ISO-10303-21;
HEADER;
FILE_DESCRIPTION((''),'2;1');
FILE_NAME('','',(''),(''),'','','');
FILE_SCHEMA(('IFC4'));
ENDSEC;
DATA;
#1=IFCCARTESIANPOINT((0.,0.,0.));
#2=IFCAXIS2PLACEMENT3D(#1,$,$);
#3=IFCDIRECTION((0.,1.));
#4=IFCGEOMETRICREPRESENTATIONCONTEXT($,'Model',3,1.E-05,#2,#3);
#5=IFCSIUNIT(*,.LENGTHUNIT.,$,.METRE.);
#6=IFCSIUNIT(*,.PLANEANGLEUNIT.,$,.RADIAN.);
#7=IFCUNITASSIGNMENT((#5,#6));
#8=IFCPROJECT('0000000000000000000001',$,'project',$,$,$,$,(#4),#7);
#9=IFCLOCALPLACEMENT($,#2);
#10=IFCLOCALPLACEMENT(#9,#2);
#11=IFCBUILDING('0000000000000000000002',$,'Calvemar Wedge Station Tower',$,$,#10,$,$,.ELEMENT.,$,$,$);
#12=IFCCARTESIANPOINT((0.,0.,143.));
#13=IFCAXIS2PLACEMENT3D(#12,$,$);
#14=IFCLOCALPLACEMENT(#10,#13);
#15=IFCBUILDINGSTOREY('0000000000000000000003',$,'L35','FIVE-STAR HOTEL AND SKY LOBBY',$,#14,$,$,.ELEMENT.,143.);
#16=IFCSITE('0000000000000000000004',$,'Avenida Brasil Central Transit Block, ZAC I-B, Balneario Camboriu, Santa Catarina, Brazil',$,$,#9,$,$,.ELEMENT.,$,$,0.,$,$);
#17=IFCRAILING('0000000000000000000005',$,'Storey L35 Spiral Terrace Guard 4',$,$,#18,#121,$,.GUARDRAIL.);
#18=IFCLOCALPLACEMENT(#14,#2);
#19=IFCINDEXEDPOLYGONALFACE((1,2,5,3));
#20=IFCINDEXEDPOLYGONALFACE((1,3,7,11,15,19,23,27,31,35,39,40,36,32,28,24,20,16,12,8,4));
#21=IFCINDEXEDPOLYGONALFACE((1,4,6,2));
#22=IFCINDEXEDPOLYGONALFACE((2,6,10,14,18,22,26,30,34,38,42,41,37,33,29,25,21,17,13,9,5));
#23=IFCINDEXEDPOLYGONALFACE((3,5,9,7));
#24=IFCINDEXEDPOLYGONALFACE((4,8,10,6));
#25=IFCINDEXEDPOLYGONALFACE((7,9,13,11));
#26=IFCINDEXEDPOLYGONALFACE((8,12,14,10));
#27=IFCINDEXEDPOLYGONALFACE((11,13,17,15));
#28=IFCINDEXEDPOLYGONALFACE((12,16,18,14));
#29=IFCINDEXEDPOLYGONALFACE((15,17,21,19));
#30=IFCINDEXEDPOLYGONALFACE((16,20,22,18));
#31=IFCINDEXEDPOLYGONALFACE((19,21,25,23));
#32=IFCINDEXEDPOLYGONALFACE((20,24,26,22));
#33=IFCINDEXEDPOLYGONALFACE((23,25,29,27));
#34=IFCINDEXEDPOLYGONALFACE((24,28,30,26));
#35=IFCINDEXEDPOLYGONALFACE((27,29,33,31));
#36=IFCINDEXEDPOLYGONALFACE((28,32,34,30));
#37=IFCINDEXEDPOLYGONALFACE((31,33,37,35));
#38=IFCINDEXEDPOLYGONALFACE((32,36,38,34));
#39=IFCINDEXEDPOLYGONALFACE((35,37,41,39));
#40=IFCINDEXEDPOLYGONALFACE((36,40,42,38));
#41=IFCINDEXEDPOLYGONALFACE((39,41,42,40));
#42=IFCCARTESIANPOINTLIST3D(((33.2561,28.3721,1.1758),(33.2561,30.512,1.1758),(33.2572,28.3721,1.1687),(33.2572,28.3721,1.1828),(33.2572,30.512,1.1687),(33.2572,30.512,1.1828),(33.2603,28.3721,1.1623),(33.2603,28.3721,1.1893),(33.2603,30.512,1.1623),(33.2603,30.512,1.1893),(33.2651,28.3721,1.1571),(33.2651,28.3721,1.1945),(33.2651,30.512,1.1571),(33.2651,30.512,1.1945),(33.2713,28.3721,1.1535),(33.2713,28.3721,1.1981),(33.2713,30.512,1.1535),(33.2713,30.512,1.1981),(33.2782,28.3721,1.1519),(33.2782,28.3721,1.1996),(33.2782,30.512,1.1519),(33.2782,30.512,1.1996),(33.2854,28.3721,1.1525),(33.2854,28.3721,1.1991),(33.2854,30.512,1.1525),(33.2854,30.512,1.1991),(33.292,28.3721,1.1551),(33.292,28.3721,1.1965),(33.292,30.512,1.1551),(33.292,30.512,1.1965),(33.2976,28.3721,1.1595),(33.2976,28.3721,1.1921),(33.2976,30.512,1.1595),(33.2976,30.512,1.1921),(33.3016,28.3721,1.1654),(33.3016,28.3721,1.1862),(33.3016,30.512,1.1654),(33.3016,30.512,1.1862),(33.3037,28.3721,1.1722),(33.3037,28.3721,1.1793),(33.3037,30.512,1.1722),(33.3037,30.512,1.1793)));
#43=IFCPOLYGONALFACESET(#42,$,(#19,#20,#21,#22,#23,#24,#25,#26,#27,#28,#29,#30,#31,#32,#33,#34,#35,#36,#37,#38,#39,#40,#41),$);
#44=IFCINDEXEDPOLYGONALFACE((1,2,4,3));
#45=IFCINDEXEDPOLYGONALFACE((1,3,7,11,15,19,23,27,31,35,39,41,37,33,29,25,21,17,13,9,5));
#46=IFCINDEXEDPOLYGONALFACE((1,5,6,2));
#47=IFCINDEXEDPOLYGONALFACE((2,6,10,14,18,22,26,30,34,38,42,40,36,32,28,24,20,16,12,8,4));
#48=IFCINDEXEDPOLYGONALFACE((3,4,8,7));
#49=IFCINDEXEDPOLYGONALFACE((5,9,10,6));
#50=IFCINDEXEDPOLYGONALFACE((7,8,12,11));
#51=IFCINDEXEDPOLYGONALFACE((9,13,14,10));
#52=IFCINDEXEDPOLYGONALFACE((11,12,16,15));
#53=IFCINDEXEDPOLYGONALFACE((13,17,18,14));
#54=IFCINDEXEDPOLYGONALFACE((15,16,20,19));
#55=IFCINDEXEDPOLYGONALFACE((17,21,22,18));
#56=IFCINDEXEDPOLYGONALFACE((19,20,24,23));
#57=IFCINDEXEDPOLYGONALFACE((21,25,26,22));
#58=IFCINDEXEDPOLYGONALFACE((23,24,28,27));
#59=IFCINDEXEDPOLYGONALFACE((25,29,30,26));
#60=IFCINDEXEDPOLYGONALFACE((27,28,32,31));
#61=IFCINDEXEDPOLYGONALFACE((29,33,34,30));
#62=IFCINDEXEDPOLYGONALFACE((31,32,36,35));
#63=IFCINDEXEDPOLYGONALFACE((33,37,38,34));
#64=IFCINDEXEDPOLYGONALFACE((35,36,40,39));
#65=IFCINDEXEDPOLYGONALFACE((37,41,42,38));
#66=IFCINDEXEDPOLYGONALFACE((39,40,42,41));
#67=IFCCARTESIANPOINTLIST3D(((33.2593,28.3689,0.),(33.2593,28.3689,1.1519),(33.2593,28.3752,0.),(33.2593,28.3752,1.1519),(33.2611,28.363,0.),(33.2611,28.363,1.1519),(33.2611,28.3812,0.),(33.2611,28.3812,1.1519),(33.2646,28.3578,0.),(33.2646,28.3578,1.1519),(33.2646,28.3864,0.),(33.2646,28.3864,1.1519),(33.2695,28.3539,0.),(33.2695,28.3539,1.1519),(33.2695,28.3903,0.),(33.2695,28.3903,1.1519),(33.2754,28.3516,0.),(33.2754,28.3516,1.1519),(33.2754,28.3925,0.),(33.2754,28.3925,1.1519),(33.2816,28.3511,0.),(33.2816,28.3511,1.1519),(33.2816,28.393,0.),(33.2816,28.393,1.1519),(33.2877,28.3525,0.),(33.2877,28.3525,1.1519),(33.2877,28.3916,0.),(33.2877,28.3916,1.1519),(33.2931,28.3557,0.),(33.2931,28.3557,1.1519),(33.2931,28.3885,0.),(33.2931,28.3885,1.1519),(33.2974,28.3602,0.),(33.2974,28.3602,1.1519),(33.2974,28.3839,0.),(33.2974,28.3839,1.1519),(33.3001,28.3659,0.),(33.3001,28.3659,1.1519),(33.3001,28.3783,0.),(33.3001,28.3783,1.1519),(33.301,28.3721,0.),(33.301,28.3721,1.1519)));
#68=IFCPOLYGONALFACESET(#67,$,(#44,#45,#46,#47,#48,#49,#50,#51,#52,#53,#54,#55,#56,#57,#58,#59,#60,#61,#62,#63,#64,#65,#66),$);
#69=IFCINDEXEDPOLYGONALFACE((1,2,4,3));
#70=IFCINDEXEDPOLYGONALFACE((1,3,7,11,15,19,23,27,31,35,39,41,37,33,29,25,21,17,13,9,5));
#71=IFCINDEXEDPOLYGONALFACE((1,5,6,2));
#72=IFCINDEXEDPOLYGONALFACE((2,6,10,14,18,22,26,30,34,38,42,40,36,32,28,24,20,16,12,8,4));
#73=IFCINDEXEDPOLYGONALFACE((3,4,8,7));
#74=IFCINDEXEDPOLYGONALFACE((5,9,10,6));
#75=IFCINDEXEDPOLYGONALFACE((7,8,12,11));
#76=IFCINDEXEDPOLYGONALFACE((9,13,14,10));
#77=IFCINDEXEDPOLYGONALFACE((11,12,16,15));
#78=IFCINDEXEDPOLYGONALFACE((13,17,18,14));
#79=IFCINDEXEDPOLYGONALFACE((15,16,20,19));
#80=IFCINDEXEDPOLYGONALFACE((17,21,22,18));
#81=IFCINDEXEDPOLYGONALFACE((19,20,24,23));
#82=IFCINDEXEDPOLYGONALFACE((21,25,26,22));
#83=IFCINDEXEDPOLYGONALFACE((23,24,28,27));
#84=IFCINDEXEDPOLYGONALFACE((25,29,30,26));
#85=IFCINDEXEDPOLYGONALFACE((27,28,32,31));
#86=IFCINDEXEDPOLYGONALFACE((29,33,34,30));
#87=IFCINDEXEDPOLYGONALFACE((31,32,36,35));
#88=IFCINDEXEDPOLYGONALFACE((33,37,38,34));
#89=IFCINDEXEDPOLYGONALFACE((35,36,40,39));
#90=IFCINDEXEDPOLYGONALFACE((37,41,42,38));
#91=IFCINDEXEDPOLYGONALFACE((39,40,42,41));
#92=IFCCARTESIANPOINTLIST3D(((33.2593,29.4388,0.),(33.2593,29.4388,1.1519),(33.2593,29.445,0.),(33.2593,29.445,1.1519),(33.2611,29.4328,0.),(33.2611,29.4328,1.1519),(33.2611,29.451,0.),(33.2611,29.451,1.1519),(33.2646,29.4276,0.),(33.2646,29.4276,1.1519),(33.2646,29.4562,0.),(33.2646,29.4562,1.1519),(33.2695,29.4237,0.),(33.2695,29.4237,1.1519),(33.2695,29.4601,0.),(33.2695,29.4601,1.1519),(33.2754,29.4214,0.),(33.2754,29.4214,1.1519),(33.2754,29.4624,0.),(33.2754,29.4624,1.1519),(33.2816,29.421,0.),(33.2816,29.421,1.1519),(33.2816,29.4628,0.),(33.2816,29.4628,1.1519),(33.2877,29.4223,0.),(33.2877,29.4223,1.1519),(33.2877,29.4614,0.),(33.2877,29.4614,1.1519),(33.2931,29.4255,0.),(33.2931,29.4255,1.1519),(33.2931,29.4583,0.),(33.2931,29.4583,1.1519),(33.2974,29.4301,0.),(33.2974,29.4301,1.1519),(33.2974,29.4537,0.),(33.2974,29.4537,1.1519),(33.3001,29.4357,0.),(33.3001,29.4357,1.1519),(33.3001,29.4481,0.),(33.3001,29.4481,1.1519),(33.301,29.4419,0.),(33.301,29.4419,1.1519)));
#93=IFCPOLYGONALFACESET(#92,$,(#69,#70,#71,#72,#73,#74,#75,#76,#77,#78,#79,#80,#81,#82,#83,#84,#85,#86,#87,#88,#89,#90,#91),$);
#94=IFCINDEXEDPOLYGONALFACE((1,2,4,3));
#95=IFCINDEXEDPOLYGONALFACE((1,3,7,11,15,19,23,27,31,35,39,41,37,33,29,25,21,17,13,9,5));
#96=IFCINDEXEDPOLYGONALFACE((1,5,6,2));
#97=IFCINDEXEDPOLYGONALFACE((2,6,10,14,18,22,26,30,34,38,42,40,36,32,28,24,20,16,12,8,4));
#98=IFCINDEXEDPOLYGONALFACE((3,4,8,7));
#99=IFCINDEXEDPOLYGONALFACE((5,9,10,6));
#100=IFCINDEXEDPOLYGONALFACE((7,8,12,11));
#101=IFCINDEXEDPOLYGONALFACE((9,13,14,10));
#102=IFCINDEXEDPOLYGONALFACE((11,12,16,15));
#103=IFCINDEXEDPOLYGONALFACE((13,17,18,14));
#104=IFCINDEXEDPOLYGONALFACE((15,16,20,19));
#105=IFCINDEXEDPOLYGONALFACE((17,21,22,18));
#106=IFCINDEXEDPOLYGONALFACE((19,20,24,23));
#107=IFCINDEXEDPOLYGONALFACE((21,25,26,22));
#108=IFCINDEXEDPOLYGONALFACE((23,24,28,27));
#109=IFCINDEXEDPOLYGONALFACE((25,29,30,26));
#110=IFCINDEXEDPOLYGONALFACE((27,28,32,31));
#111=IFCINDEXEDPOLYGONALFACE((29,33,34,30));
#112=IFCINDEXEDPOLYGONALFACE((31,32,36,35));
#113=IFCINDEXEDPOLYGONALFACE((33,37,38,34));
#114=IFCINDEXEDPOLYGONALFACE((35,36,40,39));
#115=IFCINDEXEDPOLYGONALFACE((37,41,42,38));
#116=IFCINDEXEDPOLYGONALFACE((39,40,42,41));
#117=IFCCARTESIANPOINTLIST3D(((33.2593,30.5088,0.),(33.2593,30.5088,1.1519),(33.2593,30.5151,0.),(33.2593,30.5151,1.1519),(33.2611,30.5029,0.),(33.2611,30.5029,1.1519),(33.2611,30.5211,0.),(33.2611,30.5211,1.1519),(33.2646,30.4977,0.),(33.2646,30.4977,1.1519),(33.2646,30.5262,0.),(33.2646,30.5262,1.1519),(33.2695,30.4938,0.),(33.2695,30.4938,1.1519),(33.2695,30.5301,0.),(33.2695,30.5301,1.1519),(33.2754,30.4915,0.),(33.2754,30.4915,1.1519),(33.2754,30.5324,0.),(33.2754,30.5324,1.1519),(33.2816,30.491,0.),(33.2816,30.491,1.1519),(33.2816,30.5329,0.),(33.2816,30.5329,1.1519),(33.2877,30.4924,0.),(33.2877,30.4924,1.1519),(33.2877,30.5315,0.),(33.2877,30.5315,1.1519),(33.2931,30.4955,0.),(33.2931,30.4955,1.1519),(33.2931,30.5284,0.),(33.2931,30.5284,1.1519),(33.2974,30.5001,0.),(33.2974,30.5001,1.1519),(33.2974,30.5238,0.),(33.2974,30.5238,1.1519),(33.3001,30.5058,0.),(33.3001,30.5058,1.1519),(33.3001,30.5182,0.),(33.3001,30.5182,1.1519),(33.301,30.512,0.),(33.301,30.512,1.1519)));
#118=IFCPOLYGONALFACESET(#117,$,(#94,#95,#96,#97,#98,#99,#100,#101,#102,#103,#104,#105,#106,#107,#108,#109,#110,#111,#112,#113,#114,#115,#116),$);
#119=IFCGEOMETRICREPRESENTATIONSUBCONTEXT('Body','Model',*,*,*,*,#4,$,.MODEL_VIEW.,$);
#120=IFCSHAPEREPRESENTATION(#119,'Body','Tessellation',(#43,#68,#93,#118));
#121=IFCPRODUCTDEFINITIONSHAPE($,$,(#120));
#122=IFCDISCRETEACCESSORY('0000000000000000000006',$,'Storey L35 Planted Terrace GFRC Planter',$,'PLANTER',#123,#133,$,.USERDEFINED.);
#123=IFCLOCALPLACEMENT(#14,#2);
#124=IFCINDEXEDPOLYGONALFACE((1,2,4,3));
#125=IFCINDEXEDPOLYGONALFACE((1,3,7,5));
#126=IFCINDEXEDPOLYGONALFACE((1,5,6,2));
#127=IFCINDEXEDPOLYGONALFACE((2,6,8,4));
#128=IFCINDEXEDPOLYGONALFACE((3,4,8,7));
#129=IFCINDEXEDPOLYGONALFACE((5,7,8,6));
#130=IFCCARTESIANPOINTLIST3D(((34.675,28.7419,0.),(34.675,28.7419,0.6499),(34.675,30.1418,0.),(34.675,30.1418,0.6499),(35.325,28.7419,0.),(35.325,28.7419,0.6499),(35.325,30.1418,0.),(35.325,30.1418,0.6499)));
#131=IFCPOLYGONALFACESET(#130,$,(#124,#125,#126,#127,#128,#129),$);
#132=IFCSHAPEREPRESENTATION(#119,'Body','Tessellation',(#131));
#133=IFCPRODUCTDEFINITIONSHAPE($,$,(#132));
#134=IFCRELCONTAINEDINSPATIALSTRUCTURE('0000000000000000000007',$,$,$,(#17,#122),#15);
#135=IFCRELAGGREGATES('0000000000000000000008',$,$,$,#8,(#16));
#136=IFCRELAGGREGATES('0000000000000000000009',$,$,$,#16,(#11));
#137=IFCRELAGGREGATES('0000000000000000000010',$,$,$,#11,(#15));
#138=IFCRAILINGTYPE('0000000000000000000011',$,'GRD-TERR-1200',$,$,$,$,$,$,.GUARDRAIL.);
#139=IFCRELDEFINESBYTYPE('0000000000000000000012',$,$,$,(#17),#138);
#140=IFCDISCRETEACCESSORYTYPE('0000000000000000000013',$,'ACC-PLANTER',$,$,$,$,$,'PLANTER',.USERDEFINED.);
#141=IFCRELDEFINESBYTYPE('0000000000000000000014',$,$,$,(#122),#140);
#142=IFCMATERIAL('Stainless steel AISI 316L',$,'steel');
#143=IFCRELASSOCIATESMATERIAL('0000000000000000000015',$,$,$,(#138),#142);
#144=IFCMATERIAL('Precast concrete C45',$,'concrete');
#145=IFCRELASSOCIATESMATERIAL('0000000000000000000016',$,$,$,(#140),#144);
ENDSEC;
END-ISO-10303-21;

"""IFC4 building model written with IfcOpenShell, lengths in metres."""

from ifc_helpers import new_model, si_unit, direction, frame, origin, origin_2d, place, context, subcontext, project, spatial, rectangle, circle, extrude, source, transform, mapped, material, type_object, element, save


model = new_model("IFC4")

# Units and contexts
model_context = context("Model", 3, precision=1e-05, world=origin(), true_north=direction((0.0, 1.0)))
body_context = subcontext(model_context, "Body", "Model", "MODEL_VIEW")
ifc_project = project(units=[si_unit("LENGTHUNIT", "METRE"), si_unit("PLANEANGLEUNIT", "RADIAN")], contexts=[model_context])

# Site, building, storey
site_placement = place(None, origin())
site = spatial("IfcSite", under=ifc_project, at=site_placement, Name="Avenida Brasil Central Transit Block, ZAC I-B, Balneario Camboriu, Santa Catarina, Brazil", CompositionType="ELEMENT", RefElevation=0.0)
building_placement = place(site_placement, origin())
building = spatial("IfcBuilding", under=site, at=building_placement, Name="Calvemar Wedge Station Tower", CompositionType="ELEMENT")
storey_placement = place(building_placement, frame((0.0, 0.0, 143.0)))
storey = spatial("IfcBuildingStorey", under=building, at=storey_placement, Name="L35", Description="FIVE-STAR HOTEL AND SKY LOBBY", CompositionType="ELEMENT", Elevation=143.0)

# Shared definitions
ifc_material_1 = material(Name="Precast concrete C45", Category="concrete")

# Railing
ifc_material_2 = material(Name="Stainless steel AISI 316L", Category="steel")
railing_type = type_object("IfcRailingType", Name="GRD-TERR-1200", PredefinedType="GUARDRAIL", material=ifc_material_2)
railing_1_placement = place(storey_placement, frame((33.28, 28.3721, 0.0)))
element("IfcRailing", 1, at=railing_1_placement, inside=storey, type_object=railing_type, Name="Storey L35 Spiral Terrace Guard 4", PredefinedType="GUARDRAIL", context=body_context, shape_type="SweptSolid", body=[
    extrude(circle(Radius=0.0239, at=origin_2d()), frame((0.0, 0.0, 1.1758), z_axis=(0.0, 1.0, 0.0), x_axis=(-1.0, 0.0, 0.0)), (0.0, 0.0, 1.0), 2.1399),
    extrude(circle(Radius=0.021, at=origin_2d()), origin(), (0.0, 0.0, 1.0), 1.1519),
    extrude(circle(Radius=0.021, at=origin_2d()), frame((0.0, 1.0698, 0.0)), (0.0, 0.0, 1.0), 1.1519),
    extrude(circle(Radius=0.021, at=origin_2d()), frame((0.0, 2.1399, 0.0)), (0.0, 0.0, 1.0), 1.1519),
])

# Discrete accessory
discrete_accessory_type = type_object("IfcDiscreteAccessoryType", Name="ACC-PLANTER", ElementType="PLANTER", PredefinedType="USERDEFINED", material=ifc_material_1)
shared_shape_1 = source(origin(), body_context, "Body", "SweptSolid", [
    extrude(rectangle(XDim=0.6499, YDim=1.3999, at=origin_2d()), origin(), (0.0, 0.0, 1.0), 0.6499),
])
discrete_accessory_placement = place(storey_placement, frame((35.0, 29.4419, 0.0), z_axis=(0.0, 0.0, 1.0), x_axis=(1.0, 0.0, 0.0)))
element("IfcDiscreteAccessory", 2, at=discrete_accessory_placement, inside=storey, type_object=discrete_accessory_type, Name="Storey L35 Planted Terrace GFRC Planter", ObjectType="PLANTER", PredefinedType="USERDEFINED", context=body_context, shape_type="MappedRepresentation", body=[
    mapped(shared_shape_1, transform((0.0, 0.0, 0.0), scale=1.0)),
])

save(model, "model.ifc")
